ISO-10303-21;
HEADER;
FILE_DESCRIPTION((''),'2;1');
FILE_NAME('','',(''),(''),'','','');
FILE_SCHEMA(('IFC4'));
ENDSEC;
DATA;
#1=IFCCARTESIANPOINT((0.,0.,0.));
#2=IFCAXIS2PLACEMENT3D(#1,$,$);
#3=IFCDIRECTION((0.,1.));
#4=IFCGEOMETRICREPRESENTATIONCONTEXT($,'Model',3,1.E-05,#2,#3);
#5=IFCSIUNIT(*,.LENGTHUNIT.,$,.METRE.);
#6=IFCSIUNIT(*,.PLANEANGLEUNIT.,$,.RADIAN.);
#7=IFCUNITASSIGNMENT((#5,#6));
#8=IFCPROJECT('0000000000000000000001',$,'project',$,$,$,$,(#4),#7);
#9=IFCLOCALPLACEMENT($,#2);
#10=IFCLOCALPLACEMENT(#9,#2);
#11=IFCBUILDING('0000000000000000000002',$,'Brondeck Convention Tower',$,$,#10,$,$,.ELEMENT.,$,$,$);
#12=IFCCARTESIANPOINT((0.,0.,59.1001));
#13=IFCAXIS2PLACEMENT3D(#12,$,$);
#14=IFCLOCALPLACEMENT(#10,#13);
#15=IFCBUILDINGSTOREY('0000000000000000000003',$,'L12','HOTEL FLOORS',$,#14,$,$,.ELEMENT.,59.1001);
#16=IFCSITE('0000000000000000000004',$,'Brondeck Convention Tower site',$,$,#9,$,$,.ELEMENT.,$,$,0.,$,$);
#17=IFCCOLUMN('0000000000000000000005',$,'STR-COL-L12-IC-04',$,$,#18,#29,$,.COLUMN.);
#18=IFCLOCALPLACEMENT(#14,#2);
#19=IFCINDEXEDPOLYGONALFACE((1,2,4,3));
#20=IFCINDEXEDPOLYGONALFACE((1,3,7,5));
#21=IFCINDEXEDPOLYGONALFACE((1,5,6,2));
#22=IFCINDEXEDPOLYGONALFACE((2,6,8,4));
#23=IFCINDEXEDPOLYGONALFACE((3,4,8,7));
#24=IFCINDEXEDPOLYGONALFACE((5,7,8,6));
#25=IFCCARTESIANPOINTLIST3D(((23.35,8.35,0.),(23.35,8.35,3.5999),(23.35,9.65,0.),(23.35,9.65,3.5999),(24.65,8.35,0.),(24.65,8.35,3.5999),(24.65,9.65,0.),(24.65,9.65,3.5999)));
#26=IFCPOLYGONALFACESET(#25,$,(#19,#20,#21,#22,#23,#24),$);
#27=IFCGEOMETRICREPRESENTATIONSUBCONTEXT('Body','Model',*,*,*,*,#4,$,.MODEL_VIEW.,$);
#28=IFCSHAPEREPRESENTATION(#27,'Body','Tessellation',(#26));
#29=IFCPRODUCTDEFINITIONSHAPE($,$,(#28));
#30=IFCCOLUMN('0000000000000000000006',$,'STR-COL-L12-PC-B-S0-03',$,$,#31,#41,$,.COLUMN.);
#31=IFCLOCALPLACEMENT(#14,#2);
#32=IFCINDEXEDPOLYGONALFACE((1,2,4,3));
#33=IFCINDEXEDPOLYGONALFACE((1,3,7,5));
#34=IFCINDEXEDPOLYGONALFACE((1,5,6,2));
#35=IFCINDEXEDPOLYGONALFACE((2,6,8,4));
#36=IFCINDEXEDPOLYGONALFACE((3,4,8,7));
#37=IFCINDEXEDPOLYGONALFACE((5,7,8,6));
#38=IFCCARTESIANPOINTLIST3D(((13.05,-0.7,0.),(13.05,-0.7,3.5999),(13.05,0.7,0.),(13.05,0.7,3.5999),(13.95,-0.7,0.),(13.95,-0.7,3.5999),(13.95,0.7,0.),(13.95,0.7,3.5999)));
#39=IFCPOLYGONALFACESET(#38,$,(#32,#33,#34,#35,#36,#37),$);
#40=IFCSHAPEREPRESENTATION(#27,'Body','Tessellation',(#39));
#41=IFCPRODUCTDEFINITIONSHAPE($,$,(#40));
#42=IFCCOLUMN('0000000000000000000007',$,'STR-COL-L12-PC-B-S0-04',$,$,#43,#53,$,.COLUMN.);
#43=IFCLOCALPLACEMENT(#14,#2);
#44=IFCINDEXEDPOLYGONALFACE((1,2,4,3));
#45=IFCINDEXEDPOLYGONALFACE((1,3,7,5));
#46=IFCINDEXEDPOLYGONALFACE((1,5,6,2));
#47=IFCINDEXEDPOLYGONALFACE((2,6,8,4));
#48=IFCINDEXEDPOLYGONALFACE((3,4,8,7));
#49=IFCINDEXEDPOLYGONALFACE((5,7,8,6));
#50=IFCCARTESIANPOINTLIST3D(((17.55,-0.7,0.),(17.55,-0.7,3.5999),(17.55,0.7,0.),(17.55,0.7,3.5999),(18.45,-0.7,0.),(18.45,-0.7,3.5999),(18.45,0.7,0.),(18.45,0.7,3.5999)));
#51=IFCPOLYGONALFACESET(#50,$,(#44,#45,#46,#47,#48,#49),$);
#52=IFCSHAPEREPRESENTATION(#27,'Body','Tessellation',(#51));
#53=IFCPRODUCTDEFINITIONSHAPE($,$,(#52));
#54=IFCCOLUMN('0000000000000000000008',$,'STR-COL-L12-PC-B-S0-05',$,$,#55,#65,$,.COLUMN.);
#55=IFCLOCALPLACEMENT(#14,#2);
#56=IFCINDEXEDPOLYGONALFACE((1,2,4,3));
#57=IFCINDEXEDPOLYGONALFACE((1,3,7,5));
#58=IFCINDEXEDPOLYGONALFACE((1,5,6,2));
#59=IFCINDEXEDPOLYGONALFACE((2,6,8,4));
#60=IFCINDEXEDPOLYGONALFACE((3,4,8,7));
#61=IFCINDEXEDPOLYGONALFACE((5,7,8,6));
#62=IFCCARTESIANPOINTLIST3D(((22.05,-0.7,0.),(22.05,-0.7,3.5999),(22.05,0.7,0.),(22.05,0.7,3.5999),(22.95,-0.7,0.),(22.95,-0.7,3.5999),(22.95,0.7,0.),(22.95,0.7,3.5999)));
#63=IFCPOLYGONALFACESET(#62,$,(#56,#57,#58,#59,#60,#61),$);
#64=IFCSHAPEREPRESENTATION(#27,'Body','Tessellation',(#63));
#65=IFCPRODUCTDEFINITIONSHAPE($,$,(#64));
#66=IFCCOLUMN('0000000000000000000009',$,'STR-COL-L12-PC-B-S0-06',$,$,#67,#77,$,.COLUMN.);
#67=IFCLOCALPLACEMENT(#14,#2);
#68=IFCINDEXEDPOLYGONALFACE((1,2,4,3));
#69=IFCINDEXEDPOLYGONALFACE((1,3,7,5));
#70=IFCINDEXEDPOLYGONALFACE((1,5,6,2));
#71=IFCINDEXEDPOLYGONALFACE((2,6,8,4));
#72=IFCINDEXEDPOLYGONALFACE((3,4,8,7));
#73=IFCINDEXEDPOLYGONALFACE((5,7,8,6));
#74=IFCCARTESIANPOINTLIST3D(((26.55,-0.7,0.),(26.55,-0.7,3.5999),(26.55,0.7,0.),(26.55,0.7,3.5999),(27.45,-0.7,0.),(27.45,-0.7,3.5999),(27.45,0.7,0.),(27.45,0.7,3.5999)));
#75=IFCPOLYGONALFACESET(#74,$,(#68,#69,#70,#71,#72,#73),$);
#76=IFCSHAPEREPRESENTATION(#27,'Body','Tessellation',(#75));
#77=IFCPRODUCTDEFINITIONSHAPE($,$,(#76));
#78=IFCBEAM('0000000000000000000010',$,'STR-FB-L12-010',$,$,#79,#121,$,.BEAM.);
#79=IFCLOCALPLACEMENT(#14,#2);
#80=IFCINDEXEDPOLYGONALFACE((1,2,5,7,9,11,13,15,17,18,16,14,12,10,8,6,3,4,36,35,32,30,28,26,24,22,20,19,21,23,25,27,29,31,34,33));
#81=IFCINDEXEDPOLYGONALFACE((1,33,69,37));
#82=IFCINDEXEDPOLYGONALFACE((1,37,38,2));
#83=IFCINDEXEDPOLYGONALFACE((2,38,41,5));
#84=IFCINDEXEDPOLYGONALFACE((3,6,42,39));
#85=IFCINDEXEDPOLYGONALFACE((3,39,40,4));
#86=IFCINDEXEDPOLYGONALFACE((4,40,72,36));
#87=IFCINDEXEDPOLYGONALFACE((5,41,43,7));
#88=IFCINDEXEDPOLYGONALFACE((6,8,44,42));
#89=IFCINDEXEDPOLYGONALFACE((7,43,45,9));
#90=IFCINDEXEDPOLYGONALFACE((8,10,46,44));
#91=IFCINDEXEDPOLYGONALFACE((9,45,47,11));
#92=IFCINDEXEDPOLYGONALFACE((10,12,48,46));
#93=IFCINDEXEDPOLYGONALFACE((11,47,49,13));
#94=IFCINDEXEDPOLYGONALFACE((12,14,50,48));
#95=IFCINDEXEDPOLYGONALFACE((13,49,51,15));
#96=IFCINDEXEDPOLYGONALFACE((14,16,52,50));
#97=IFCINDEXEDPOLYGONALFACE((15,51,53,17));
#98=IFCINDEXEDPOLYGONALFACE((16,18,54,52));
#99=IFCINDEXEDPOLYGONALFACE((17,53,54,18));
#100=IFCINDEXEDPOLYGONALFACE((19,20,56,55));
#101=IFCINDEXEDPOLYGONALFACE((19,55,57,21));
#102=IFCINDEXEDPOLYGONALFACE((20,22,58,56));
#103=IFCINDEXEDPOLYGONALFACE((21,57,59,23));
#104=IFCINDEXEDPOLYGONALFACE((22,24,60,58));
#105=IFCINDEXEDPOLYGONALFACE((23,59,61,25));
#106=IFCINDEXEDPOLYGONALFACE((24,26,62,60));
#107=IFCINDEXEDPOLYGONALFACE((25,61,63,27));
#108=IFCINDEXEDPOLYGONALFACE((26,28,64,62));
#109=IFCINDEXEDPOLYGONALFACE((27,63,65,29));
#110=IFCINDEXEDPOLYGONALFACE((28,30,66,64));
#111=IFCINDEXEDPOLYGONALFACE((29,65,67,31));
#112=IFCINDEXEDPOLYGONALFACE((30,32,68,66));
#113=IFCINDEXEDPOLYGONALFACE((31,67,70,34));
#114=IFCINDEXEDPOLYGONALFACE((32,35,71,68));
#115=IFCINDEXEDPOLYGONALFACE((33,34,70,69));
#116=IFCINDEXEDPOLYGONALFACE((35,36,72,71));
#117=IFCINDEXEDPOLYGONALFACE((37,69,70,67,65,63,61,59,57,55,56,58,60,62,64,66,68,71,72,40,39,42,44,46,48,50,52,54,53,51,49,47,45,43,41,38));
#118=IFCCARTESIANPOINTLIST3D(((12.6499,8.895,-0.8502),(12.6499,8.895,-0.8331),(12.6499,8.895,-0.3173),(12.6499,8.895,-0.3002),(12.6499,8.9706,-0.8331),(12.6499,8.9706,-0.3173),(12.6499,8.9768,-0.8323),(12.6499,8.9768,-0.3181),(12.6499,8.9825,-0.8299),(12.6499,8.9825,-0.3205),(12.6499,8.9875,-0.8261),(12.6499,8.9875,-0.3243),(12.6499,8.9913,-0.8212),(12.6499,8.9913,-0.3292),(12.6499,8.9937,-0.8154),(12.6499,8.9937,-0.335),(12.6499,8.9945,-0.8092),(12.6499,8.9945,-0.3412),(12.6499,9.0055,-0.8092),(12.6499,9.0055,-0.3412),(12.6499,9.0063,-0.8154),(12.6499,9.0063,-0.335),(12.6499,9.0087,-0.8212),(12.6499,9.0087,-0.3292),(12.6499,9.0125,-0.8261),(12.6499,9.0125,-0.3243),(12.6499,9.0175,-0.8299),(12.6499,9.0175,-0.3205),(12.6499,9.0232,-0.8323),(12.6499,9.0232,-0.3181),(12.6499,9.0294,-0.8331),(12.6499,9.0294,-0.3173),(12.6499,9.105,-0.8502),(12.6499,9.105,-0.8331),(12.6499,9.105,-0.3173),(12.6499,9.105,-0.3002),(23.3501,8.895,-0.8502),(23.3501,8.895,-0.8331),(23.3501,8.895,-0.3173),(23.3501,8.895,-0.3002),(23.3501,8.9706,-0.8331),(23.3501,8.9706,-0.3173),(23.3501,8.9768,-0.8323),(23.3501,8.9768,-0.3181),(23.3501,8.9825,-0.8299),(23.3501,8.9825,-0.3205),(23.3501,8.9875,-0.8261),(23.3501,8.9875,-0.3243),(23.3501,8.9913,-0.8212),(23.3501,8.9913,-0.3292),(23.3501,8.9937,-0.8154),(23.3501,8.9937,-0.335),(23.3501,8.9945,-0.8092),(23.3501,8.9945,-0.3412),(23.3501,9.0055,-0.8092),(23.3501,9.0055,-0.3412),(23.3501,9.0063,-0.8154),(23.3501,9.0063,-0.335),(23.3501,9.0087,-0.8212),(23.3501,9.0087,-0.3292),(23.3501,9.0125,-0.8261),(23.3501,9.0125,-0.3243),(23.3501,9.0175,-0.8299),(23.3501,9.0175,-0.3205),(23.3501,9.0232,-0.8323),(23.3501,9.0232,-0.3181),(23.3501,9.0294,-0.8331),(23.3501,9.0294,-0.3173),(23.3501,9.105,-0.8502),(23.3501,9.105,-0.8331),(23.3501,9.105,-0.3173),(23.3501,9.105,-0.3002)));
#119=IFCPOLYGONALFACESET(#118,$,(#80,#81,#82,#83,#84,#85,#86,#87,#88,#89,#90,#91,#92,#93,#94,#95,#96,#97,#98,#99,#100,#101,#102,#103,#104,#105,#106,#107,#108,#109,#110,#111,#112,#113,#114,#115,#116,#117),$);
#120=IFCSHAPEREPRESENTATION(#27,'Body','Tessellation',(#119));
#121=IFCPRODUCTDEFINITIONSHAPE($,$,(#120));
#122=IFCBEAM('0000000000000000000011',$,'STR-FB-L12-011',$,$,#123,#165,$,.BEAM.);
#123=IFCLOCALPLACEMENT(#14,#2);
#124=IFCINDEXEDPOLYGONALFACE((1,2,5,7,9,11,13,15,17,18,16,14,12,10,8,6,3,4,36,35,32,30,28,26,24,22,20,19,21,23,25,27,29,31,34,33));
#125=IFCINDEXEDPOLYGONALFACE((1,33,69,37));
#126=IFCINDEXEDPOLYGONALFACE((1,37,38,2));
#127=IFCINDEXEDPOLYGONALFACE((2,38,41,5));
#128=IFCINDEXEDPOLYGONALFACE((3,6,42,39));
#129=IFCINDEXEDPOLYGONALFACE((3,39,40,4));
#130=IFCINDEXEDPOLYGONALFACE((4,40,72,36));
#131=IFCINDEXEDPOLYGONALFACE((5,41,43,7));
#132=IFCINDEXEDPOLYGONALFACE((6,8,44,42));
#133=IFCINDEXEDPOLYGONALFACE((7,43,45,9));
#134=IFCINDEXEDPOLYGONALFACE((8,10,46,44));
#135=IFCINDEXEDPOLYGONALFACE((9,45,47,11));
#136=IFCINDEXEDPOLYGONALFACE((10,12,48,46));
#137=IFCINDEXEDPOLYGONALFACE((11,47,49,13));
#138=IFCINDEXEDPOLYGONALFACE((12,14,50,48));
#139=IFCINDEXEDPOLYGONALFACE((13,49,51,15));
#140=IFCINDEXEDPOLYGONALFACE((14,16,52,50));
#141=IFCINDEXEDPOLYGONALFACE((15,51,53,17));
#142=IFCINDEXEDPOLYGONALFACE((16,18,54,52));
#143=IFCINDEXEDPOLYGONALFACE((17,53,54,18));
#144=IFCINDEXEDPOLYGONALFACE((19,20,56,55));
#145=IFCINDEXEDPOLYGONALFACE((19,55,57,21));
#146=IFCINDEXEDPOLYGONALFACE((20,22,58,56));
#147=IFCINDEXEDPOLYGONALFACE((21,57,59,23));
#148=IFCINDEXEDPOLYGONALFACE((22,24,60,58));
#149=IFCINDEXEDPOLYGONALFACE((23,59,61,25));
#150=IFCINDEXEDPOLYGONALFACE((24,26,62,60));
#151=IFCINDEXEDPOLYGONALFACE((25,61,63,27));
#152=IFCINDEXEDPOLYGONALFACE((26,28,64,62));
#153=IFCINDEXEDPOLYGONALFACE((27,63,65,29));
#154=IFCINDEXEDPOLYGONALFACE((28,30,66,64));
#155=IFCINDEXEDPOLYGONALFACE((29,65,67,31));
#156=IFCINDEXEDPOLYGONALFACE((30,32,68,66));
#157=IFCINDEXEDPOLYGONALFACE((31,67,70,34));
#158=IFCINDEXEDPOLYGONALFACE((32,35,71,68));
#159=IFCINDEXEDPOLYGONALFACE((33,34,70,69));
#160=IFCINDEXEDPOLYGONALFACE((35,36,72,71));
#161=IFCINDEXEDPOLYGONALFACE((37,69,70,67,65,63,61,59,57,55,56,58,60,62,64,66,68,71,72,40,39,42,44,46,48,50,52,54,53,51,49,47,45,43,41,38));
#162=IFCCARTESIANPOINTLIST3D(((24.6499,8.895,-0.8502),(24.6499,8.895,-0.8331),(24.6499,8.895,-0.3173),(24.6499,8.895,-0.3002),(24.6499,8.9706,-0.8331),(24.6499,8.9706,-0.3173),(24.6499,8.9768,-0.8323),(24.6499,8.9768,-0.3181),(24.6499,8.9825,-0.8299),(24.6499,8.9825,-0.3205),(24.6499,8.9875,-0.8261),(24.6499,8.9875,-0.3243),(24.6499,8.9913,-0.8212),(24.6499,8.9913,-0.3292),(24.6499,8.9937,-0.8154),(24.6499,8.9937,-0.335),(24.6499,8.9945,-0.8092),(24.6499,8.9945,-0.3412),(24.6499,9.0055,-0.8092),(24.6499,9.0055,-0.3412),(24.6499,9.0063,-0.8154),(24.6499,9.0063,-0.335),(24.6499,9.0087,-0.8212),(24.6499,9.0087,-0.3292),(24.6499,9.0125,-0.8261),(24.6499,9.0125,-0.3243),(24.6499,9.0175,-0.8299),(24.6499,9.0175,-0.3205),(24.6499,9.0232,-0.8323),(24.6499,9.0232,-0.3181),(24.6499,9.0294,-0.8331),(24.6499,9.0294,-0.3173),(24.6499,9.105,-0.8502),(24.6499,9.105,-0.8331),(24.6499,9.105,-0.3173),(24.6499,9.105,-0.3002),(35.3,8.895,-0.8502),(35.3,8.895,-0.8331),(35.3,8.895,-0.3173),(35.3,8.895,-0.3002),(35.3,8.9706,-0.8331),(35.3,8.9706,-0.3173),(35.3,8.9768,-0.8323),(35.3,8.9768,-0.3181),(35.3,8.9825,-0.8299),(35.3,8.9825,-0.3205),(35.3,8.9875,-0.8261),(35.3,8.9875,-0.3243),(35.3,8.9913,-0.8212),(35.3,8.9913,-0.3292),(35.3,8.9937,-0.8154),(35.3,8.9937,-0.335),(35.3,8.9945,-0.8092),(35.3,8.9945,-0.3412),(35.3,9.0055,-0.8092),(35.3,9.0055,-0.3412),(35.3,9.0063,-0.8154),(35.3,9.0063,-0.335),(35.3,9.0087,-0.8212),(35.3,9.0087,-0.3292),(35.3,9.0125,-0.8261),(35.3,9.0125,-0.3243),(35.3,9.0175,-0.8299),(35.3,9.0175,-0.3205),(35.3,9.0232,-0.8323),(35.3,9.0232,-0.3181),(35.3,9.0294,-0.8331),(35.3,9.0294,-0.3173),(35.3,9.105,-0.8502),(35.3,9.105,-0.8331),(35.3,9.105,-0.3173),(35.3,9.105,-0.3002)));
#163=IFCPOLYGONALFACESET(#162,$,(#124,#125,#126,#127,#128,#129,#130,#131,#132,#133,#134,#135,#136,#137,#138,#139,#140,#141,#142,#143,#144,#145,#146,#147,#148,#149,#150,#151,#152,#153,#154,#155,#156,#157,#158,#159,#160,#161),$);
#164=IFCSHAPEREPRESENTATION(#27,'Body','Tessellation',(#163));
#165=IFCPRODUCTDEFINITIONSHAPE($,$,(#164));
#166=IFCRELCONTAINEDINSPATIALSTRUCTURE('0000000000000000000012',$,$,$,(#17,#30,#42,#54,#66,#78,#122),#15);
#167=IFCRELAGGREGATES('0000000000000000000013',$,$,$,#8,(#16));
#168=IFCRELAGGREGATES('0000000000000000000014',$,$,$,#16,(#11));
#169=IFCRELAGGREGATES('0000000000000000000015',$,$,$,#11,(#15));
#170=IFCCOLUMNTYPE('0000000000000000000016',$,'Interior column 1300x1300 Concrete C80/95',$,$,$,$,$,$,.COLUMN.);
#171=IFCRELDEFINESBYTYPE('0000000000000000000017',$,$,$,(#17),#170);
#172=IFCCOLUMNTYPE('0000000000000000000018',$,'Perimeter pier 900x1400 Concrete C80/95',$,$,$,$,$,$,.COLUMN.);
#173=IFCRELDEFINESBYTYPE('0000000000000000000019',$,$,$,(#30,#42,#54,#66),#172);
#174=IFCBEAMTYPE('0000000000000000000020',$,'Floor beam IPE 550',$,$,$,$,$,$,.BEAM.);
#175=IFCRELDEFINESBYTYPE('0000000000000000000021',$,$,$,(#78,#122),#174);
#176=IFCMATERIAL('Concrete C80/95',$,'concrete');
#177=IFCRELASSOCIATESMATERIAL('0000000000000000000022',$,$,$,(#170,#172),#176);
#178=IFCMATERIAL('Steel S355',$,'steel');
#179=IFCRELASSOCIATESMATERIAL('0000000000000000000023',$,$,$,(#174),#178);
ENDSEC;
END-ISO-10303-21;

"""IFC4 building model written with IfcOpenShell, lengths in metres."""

from ifc_helpers import new_model, si_unit, direction, frame, origin, origin_2d, place, context, subcontext, project, spatial, rectangle, i_section, extrude, material, material_profile, profile_set, type_object, element, save


model = new_model("IFC4")

# Units and contexts
model_context = context("Model", 3, precision=1e-05, world=origin(), true_north=direction((0.0, 1.0)))
body_context = subcontext(model_context, "Body", "Model", "MODEL_VIEW")
ifc_project = project(units=[si_unit("LENGTHUNIT", "METRE"), si_unit("PLANEANGLEUNIT", "RADIAN")], contexts=[model_context])

# Site, building, storey
site_placement = place(None, origin())
site = spatial("IfcSite", under=ifc_project, at=site_placement, Name="Brondeck Convention Tower site", CompositionType="ELEMENT", RefElevation=0.0)
building_placement = place(site_placement, origin())
building = spatial("IfcBuilding", under=site, at=building_placement, Name="Brondeck Convention Tower", CompositionType="ELEMENT")
storey_placement = place(building_placement, frame((0.0, 0.0, 59.1001)))
storey = spatial("IfcBuildingStorey", under=building, at=storey_placement, Name="L12", Description="HOTEL FLOORS", CompositionType="ELEMENT", Elevation=59.1001)

# Columns
ifc_material_1 = material(Name="Concrete C80/95", Category="concrete")
ifc_material_profile_1 = material_profile(ifc_material_1, rectangle(XDim=1.3, YDim=1.3, at=origin_2d()), Name="Interior column 1300x1300 Concrete C80/95")
ifc_profile_set_1 = profile_set([ifc_material_profile_1], Name="Concrete C80/95")
column_type_1 = type_object("IfcColumnType", Name="Interior column 1300x1300 Concrete C80/95", PredefinedType="COLUMN", material=ifc_profile_set_1)
column_placement = place(storey_placement, frame((24.0, 9.0, 0.0), z_axis=(0.0, 0.0, 1.0), x_axis=(1.0, 0.0, 0.0)))
element("IfcColumn", 1, at=column_placement, inside=storey, type_object=column_type_1, Name="STR-COL-L12-IC-04", PredefinedType="COLUMN", context=body_context, shape_type="SweptSolid", body=[
    extrude(rectangle(XDim=1.3, YDim=1.3, at=origin_2d()), origin(), (0.0, 0.0, 1.0), 3.5999),
])
ifc_material_profile_2 = material_profile(ifc_material_1, rectangle(XDim=0.8999, YDim=1.3999, at=origin_2d()), Name="Perimeter pier 900x1400 Concrete C80/95")
ifc_profile_set_2 = profile_set([ifc_material_profile_2], Name="Concrete C80/95")
column_type_2 = type_object("IfcColumnType", Name="Perimeter pier 900x1400 Concrete C80/95", PredefinedType="COLUMN", material=ifc_profile_set_2)
for number, where, z_axis, x_axis, name in (
    (2, (13.5, 0.0, 0.0), (0.0, 0.0, 1.0), (1.0, 0.0, 0.0), "STR-COL-L12-PC-B-S0-03"),
    (3, (18.0, 0.0, 0.0), (0.0, 0.0, 1.0), (1.0, 0.0, 0.0), "STR-COL-L12-PC-B-S0-04"),
    (4, (22.5, 0.0, 0.0), (0.0, 0.0, 1.0), (1.0, 0.0, 0.0), "STR-COL-L12-PC-B-S0-05"),
    (5, (27.0, 0.0, 0.0), (0.0, 0.0, 1.0), (1.0, 0.0, 0.0), "STR-COL-L12-PC-B-S0-06"),
):
    element("IfcColumn", number, at=place(storey_placement, frame(where, z_axis=z_axis, x_axis=x_axis)), inside=storey, type_object=column_type_2, Name=name, PredefinedType="COLUMN", context=body_context, shape_type="SweptSolid", body=[
        extrude(rectangle(XDim=0.8999, YDim=1.3999, at=origin_2d()), origin(), (0.0, 0.0, 1.0), 3.5999),
    ])

# Beams
ifc_material_2 = material(Name="Steel S355", Category="steel")
ifc_material_profile_3 = material_profile(ifc_material_2, i_section(OverallWidth=0.21, OverallDepth=0.55, WebThickness=0.011, FlangeThickness=0.0171, FilletRadius=0.0239, at=origin_2d()), Name="IPE 550")
ifc_profile_set_3 = profile_set([ifc_material_profile_3], Name="Steel S355")
beam_type_1 = type_object("IfcBeamType", Name="Floor beam IPE 550", PredefinedType="BEAM", material=ifc_profile_set_3)
beam_1_placement = place(storey_placement, frame((12.6499, 9.0, -0.5752), z_axis=(1.0, 0.0, 0.0), x_axis=(0.0, 1.0, 0.0)))
element("IfcBeam", 6, at=beam_1_placement, inside=storey, type_object=beam_type_1, Name="STR-FB-L12-010", PredefinedType="BEAM", context=body_context, shape_type="SweptSolid", body=[
    extrude(i_section(OverallWidth=0.21, OverallDepth=0.55, WebThickness=0.011, FlangeThickness=0.0171, FilletRadius=0.0239, at=origin_2d()), origin(), (0.0, 0.0, 1.0), 10.7002),
])
beam_2_placement = place(storey_placement, frame((24.6499, 9.0, -0.5752), z_axis=(1.0, 0.0, 0.0), x_axis=(0.0, 1.0, 0.0)))
element("IfcBeam", 7, at=beam_2_placement, inside=storey, type_object=beam_type_1, Name="STR-FB-L12-011", PredefinedType="BEAM", context=body_context, shape_type="SweptSolid", body=[
    extrude(i_section(OverallWidth=0.21, OverallDepth=0.55, WebThickness=0.011, FlangeThickness=0.0171, FilletRadius=0.0239, at=origin_2d()), origin(), (0.0, 0.0, 1.0), 10.6501),
])

save(model, "model.ifc")
